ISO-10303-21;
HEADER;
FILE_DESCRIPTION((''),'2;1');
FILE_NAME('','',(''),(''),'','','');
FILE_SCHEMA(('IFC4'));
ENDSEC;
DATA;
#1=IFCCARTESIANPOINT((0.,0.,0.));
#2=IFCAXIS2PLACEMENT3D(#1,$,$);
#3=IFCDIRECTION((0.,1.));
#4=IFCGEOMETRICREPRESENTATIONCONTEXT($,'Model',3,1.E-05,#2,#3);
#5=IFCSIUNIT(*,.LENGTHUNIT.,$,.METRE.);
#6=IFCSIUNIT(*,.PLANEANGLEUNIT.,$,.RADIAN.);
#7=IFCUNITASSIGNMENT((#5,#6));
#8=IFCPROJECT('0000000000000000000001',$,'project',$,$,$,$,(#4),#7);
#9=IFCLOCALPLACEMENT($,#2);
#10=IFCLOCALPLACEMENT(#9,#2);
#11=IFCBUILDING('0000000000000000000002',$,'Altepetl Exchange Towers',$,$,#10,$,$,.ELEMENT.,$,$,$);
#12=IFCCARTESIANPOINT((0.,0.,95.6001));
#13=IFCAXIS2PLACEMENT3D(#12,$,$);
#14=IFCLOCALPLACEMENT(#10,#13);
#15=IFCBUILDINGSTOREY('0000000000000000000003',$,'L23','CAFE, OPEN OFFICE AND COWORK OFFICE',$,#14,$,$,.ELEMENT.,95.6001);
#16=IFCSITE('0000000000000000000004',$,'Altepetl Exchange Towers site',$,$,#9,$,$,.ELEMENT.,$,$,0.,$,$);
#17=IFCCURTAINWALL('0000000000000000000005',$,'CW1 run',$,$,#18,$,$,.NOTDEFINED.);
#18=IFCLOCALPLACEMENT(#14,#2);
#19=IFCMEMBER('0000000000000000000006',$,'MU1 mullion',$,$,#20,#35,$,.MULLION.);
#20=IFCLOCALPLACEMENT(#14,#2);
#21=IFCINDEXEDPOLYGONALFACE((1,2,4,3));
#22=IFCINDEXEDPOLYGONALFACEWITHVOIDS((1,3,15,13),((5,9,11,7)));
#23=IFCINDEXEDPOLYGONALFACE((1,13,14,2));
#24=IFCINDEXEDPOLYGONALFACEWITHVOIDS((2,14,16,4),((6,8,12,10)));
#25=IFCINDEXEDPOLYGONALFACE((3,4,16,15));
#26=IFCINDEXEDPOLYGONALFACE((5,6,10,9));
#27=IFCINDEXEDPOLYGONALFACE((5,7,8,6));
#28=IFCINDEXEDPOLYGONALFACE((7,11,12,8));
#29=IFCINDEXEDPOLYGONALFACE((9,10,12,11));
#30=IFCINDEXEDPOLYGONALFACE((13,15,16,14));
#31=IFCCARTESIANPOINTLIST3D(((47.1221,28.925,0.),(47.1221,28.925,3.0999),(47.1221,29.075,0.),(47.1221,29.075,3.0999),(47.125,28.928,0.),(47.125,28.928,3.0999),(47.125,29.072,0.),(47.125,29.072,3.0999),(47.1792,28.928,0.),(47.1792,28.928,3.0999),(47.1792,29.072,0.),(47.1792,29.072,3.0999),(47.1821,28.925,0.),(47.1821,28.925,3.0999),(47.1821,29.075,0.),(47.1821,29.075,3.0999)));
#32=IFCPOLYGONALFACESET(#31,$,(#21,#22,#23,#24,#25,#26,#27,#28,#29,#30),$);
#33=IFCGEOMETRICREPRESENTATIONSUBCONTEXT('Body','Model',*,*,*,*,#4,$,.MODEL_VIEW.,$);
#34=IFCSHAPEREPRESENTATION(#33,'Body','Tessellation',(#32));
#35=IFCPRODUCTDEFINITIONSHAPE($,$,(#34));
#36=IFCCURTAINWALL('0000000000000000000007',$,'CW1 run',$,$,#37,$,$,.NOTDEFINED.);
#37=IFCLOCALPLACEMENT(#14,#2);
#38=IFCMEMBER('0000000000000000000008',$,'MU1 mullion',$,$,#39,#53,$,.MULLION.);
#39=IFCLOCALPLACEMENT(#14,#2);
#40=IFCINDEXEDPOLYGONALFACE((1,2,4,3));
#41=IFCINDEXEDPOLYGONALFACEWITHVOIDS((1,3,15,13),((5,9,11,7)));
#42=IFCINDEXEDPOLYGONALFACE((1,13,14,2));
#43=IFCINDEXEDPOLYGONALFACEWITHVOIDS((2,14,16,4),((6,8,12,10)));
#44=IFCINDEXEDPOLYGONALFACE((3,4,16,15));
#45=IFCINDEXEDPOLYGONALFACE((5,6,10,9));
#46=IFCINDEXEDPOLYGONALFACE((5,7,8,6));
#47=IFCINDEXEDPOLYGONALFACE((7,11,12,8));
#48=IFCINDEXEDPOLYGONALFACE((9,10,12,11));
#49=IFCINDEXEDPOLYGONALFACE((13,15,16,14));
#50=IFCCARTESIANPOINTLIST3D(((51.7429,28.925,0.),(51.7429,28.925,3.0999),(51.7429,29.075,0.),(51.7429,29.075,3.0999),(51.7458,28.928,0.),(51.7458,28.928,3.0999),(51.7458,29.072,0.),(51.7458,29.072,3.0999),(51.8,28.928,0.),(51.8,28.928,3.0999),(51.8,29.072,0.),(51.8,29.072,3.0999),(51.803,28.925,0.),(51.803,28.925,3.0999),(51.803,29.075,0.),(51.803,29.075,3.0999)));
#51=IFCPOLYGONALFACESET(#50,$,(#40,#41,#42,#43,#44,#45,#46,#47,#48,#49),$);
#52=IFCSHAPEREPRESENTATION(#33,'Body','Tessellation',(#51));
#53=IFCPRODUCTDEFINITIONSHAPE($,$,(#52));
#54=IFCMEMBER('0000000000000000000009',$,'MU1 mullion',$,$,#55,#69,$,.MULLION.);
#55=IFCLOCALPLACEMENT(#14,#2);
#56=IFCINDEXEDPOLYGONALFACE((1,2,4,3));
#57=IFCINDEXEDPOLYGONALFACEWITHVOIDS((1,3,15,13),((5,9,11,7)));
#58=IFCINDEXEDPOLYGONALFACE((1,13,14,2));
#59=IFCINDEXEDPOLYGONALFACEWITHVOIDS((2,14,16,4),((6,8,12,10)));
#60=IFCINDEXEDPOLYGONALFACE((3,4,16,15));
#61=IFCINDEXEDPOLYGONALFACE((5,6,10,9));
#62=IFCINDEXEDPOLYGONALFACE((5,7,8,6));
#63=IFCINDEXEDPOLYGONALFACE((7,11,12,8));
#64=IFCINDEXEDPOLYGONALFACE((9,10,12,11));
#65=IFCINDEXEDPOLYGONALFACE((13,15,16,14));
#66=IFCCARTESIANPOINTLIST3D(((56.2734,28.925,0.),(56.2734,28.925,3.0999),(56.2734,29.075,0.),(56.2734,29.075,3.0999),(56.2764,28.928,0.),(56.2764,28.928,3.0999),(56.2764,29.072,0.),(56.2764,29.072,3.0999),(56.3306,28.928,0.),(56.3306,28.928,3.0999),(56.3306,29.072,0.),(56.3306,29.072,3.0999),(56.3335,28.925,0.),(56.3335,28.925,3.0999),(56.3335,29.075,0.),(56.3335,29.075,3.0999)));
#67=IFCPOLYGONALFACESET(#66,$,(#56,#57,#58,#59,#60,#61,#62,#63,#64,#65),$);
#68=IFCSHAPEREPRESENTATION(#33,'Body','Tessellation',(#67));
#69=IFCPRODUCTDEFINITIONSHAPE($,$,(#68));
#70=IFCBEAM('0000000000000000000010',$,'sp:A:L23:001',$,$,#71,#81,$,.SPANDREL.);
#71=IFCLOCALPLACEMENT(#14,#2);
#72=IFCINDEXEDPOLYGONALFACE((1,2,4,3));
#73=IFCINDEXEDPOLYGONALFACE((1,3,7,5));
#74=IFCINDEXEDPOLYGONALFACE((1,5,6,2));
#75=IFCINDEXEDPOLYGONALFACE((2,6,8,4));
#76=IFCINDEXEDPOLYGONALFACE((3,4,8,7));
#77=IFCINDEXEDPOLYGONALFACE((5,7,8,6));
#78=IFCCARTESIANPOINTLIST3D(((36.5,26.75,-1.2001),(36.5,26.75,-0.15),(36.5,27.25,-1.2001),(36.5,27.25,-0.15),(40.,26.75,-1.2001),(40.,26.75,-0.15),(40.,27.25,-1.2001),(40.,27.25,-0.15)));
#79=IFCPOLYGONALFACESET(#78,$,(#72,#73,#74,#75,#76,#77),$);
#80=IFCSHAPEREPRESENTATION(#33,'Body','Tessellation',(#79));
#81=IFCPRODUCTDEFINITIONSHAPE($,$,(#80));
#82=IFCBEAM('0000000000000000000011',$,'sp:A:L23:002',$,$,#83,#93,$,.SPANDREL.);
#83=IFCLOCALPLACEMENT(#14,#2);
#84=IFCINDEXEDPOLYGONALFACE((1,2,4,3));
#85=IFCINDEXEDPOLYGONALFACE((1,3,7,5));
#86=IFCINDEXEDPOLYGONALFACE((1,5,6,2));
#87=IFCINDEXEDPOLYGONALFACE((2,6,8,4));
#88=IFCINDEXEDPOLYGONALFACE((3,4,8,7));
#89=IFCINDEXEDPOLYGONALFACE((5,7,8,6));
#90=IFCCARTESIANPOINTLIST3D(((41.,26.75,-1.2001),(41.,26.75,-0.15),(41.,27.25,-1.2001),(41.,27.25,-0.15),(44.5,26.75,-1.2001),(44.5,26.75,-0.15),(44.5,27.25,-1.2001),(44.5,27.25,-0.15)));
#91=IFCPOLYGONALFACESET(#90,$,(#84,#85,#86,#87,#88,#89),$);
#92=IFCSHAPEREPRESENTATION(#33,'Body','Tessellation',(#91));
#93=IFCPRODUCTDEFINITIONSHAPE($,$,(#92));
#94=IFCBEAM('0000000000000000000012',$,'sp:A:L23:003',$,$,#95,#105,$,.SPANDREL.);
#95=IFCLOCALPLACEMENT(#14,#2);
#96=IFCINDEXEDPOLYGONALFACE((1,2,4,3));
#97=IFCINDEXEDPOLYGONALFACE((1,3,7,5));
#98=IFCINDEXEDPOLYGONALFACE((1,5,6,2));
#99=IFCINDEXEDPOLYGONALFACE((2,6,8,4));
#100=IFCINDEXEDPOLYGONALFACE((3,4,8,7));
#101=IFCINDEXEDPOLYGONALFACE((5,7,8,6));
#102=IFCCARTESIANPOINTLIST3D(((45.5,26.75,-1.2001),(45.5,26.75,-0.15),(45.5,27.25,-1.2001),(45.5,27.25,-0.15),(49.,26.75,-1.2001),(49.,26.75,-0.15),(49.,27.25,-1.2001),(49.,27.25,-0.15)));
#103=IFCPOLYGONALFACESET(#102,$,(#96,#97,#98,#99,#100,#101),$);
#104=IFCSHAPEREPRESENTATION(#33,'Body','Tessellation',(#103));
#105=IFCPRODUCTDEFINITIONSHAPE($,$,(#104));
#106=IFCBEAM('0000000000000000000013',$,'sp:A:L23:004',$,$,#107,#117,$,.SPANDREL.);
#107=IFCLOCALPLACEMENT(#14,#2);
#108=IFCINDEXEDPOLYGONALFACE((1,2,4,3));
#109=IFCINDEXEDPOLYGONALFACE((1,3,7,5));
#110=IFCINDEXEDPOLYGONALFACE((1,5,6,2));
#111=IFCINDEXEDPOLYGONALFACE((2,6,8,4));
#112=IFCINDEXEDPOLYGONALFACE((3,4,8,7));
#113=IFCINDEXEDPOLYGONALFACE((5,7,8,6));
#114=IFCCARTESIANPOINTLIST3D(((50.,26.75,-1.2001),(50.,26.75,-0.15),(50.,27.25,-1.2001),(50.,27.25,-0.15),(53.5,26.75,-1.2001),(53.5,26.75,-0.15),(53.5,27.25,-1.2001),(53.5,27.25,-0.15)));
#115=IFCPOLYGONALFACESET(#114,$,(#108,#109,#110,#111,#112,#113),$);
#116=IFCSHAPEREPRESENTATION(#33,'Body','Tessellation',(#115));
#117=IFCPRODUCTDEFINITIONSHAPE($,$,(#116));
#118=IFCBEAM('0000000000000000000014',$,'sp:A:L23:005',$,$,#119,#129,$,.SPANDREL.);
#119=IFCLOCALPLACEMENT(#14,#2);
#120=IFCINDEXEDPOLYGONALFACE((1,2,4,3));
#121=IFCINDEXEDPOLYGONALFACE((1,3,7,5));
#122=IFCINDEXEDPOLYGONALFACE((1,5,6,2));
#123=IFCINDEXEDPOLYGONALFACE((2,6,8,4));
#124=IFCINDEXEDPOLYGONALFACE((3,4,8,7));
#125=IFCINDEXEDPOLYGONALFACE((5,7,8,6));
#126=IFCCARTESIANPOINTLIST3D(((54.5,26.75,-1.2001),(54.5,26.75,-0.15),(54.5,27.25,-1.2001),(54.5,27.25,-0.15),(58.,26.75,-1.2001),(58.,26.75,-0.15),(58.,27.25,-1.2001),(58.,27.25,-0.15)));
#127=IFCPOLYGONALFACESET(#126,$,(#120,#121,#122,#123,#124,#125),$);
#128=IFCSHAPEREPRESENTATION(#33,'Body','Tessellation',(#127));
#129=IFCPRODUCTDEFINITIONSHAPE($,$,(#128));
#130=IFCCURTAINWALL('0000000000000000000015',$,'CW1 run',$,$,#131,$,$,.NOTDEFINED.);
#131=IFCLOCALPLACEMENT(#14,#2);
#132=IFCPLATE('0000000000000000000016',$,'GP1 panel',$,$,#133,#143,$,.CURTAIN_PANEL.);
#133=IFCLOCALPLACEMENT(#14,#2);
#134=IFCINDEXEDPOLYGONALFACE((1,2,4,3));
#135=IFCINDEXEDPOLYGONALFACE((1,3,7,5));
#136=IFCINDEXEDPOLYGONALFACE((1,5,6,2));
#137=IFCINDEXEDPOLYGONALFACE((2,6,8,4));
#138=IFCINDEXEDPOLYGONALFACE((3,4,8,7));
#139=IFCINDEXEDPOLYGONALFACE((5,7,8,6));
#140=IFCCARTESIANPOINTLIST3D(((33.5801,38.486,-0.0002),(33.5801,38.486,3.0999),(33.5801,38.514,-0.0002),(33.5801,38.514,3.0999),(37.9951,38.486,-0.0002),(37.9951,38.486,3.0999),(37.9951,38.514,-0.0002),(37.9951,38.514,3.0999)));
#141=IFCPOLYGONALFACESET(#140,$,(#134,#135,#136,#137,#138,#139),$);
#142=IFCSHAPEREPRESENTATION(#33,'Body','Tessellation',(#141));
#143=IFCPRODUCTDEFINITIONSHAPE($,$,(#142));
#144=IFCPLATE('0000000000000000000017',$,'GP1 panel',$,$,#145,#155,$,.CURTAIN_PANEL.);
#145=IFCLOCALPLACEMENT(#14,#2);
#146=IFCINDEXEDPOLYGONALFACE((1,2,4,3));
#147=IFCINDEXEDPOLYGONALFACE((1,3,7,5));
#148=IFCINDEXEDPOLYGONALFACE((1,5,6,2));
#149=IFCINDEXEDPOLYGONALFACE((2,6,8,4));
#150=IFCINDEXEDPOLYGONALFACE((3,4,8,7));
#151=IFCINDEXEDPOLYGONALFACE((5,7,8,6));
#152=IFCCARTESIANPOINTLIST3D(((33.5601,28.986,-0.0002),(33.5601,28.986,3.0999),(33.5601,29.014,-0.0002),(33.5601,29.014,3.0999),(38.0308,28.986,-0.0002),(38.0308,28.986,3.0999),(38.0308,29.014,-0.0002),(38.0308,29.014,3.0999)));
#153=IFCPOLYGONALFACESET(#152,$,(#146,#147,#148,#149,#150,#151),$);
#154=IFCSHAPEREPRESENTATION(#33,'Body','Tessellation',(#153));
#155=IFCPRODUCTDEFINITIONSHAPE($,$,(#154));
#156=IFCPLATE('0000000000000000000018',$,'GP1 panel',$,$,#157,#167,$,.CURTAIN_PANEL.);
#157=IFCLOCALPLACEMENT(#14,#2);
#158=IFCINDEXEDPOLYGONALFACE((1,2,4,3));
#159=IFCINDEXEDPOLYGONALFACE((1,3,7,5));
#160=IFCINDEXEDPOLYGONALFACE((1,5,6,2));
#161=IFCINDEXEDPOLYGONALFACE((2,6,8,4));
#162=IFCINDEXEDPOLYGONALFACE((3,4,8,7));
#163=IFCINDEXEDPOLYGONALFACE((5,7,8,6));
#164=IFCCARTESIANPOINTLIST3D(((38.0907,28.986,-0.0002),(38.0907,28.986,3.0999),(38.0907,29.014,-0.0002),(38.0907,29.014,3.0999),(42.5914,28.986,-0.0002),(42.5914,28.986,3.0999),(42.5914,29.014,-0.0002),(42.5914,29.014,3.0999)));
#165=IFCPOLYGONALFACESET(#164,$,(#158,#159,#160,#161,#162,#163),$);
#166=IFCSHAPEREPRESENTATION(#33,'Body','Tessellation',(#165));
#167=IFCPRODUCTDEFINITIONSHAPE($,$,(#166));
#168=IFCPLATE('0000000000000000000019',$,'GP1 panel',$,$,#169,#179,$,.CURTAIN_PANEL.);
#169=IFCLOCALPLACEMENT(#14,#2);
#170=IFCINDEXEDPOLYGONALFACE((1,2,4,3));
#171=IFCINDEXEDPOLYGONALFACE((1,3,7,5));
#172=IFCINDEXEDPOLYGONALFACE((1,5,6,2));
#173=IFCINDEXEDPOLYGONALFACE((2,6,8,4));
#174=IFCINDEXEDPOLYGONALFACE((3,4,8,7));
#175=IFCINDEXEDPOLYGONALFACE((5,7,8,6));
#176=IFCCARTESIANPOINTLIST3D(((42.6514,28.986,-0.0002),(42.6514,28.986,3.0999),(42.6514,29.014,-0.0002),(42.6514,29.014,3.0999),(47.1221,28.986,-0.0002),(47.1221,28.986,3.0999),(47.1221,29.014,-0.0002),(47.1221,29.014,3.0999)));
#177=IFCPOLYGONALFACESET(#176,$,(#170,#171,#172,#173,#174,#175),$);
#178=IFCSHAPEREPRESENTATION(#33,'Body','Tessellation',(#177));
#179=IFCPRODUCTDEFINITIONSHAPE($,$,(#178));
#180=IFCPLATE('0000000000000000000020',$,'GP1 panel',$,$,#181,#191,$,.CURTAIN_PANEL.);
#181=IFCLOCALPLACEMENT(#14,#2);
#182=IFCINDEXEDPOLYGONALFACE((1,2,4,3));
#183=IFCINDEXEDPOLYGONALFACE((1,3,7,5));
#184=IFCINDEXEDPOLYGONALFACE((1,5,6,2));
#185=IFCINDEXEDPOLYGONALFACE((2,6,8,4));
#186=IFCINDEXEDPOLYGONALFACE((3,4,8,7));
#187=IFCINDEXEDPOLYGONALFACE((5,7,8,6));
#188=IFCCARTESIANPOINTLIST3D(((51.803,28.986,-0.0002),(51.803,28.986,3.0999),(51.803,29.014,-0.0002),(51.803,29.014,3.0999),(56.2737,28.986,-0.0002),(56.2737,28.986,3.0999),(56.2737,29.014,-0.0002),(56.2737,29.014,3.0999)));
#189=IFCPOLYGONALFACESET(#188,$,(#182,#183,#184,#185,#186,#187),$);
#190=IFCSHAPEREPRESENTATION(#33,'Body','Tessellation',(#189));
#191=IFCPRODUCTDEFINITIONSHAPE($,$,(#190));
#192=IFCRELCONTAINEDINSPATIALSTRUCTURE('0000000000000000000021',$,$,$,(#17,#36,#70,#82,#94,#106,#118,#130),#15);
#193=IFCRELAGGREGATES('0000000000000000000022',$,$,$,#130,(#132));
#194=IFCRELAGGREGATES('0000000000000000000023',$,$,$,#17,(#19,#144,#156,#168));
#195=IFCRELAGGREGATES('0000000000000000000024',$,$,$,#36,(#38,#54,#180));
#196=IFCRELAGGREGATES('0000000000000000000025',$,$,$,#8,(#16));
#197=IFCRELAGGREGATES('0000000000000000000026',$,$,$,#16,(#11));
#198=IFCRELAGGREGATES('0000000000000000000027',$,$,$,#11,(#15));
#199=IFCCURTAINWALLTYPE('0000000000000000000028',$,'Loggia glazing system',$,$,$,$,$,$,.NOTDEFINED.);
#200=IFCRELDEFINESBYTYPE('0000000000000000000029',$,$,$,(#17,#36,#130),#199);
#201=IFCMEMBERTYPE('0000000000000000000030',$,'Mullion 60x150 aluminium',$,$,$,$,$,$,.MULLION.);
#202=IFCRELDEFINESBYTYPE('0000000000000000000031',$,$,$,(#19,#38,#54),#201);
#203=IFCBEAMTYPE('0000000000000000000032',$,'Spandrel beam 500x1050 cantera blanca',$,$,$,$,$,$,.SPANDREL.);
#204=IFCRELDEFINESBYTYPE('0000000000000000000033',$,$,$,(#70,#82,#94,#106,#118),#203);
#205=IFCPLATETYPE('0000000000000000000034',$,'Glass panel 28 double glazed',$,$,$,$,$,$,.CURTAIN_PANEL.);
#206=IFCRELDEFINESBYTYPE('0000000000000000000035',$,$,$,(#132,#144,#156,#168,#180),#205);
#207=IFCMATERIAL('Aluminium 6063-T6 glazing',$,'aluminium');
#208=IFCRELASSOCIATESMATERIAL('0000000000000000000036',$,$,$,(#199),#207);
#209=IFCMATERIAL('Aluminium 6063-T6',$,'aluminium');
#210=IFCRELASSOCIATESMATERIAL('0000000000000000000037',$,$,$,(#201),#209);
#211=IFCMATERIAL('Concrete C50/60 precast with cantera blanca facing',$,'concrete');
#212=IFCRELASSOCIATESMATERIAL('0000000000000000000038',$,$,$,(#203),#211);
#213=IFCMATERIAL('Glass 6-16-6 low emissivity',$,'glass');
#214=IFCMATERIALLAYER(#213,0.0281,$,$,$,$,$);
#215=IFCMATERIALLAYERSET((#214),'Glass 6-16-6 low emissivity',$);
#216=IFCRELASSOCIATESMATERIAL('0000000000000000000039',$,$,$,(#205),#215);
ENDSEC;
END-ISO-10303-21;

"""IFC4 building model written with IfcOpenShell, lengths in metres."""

from ifc_helpers import new_model, si_unit, direction, frame, origin, origin_2d, place, context, subcontext, project, spatial, rectangle, hollow_rectangle, extrude, material, layer, layer_set, material_profile, profile_set, type_object, element, aggregate, save


model = new_model("IFC4")

# Units and contexts
model_context = context("Model", 3, precision=1e-05, world=origin(), true_north=direction((0.0, 1.0)))
body_context = subcontext(model_context, "Body", "Model", "MODEL_VIEW")
ifc_project = project(units=[si_unit("LENGTHUNIT", "METRE"), si_unit("PLANEANGLEUNIT", "RADIAN")], contexts=[model_context])

# Site, building, storey
site_placement = place(None, origin())
site = spatial("IfcSite", under=ifc_project, at=site_placement, Name="Altepetl Exchange Towers site", CompositionType="ELEMENT", RefElevation=0.0)
building_placement = place(site_placement, origin())
building = spatial("IfcBuilding", under=site, at=building_placement, Name="Altepetl Exchange Towers", CompositionType="ELEMENT")
storey_placement = place(building_placement, frame((0.0, 0.0, 95.6001)))
storey = spatial("IfcBuildingStorey", under=building, at=storey_placement, Name="L23", Description="CAFE, OPEN OFFICE AND COWORK OFFICE", CompositionType="ELEMENT", Elevation=95.6001)

# Curtain walls, members
ifc_material_1 = material(Name="Aluminium 6063-T6 glazing", Category="aluminium")
curtain_wall_type = type_object("IfcCurtainWallType", Name="Loggia glazing system", PredefinedType="NOTDEFINED", material=ifc_material_1)
curtain_wall_1_placement = place(storey_placement, origin())
curtain_wall_1 = element("IfcCurtainWall", 1, at=curtain_wall_1_placement, inside=storey, type_object=curtain_wall_type, Name="CW1 run", PredefinedType="NOTDEFINED")
ifc_material_2 = material(Name="Aluminium 6063-T6", Category="aluminium")
ifc_material_profile_1 = material_profile(ifc_material_2, hollow_rectangle(XDim=0.0601, YDim=0.1499, WallThickness=0.0029, at=origin_2d()), Name="Mullion 60x150 aluminium")
ifc_profile_set_1 = profile_set([ifc_material_profile_1], Name="Aluminium 6063-T6")
member_type = type_object("IfcMemberType", Name="Mullion 60x150 aluminium", PredefinedType="MULLION", material=ifc_profile_set_1)
member_1_placement = place(storey_placement, frame((47.1521, 29.0, 0.0)))
member_1 = element("IfcMember", 2, at=member_1_placement, type_object=member_type, Name="MU1 mullion", PredefinedType="MULLION", context=body_context, shape_type="SweptSolid", body=[
    extrude(hollow_rectangle(XDim=0.0601, YDim=0.1499, WallThickness=0.0029, at=origin_2d()), origin(), (0.0, 0.0, 1.0), 3.0999),
])
curtain_wall_2_placement = place(storey_placement, origin())
curtain_wall_2 = element("IfcCurtainWall", 3, at=curtain_wall_2_placement, inside=storey, type_object=curtain_wall_type, Name="CW1 run", PredefinedType="NOTDEFINED")
member_2_placement = place(storey_placement, frame((51.7729, 29.0, 0.0)))
member_2 = element("IfcMember", 4, at=member_2_placement, type_object=member_type, Name="MU1 mullion", PredefinedType="MULLION", context=body_context, shape_type="SweptSolid", body=[
    extrude(hollow_rectangle(XDim=0.0601, YDim=0.1499, WallThickness=0.0029, at=origin_2d()), origin(), (0.0, 0.0, 1.0), 3.0999),
])
member_3_placement = place(storey_placement, frame((56.3035, 29.0, 0.0)))
member_3 = element("IfcMember", 5, at=member_3_placement, type_object=member_type, Name="MU1 mullion", PredefinedType="MULLION", context=body_context, shape_type="SweptSolid", body=[
    extrude(hollow_rectangle(XDim=0.0601, YDim=0.1499, WallThickness=0.0029, at=origin_2d()), origin(), (0.0, 0.0, 1.0), 3.0999),
])

# Beams
ifc_material_3 = material(Name="Concrete C50/60 precast with cantera blanca facing", Category="concrete")
ifc_material_profile_2 = material_profile(ifc_material_3, rectangle(XDim=0.5, YDim=1.05, at=origin_2d()), Name="500 x 1050")
ifc_profile_set_2 = profile_set([ifc_material_profile_2], Name="Concrete C50/60 precast with cantera blanca facing")
beam_type_1 = type_object("IfcBeamType", Name="Spandrel beam 500x1050 cantera blanca", PredefinedType="SPANDREL", material=ifc_profile_set_2)
for number, where, z_axis, x_axis, name in (
    (6, (36.5, 27.0, -0.675), (1.0, 0.0, 0.0), (0.0, 1.0, 0.0), "sp:A:L23:001"),
    (7, (41.0, 27.0, -0.675), (1.0, 0.0, 0.0), (0.0, 1.0, 0.0), "sp:A:L23:002"),
    (8, (45.5, 27.0, -0.675), (1.0, 0.0, 0.0), (0.0, 1.0, 0.0), "sp:A:L23:003"),
    (9, (50.0, 27.0, -0.675), (1.0, 0.0, 0.0), (0.0, 1.0, 0.0), "sp:A:L23:004"),
    (10, (54.5, 27.0, -0.675), (1.0, 0.0, 0.0), (0.0, 1.0, 0.0), "sp:A:L23:005"),
):
    element("IfcBeam", number, at=place(storey_placement, frame(where, z_axis=z_axis, x_axis=x_axis)), inside=storey, type_object=beam_type_1, Name=name, PredefinedType="SPANDREL", context=body_context, shape_type="SweptSolid", body=[
        extrude(rectangle(XDim=0.5, YDim=1.05, at=origin_2d()), origin(), (0.0, 0.0, 1.0), 3.5),
    ])

# Curtain wall, plate
curtain_wall_3_placement = place(storey_placement, origin())
curtain_wall_3 = element("IfcCurtainWall", 11, at=curtain_wall_3_placement, inside=storey, type_object=curtain_wall_type, Name="CW1 run", PredefinedType="NOTDEFINED")
ifc_material_4 = material(Name="Glass 6-16-6 low emissivity", Category="glass")
ifc_layer_1 = layer(ifc_material_4, 0.0281)
ifc_layer_set_1 = layer_set([ifc_layer_1], Name="Glass 6-16-6 low emissivity")
plate_type = type_object("IfcPlateType", Name="Glass panel 28 double glazed", PredefinedType="CURTAIN_PANEL", material=ifc_layer_set_1)
plate_1_placement = place(storey_placement, frame((35.7876, 38.5, -0.0002), z_axis=(0.0, 0.0, 1.0), x_axis=(-1.0, 0.0, 0.0)))
plate_1 = element("IfcPlate", 12, at=plate_1_placement, type_object=plate_type, Name="GP1 panel", PredefinedType="CURTAIN_PANEL", context=body_context, shape_type="SweptSolid", body=[
    extrude(rectangle(XDim=4.415, YDim=0.0281, at=origin_2d()), origin(), (0.0, 0.0, 1.0), 3.1001),
])
aggregate(curtain_wall_3, [plate_1])

# Plates
plate_2_placement = place(storey_placement, frame((35.7954, 29.0, -0.0002)))
plate_2 = element("IfcPlate", 13, at=plate_2_placement, type_object=plate_type, Name="GP1 panel", PredefinedType="CURTAIN_PANEL", context=body_context, shape_type="SweptSolid", body=[
    extrude(rectangle(XDim=4.4707, YDim=0.0281, at=origin_2d()), origin(), (0.0, 0.0, 1.0), 3.1001),
])
plate_3_placement = place(storey_placement, frame((40.3411, 29.0, -0.0002)))
plate_3 = element("IfcPlate", 14, at=plate_3_placement, type_object=plate_type, Name="GP1 panel", PredefinedType="CURTAIN_PANEL", context=body_context, shape_type="SweptSolid", body=[
    extrude(rectangle(XDim=4.5007, YDim=0.0281, at=origin_2d()), origin(), (0.0, 0.0, 1.0), 3.1001),
])
plate_4_placement = place(storey_placement, frame((44.8867, 29.0, -0.0002)))
plate_4 = element("IfcPlate", 15, at=plate_4_placement, type_object=plate_type, Name="GP1 panel", PredefinedType="CURTAIN_PANEL", context=body_context, shape_type="SweptSolid", body=[
    extrude(rectangle(XDim=4.4707, YDim=0.0281, at=origin_2d()), origin(), (0.0, 0.0, 1.0), 3.1001),
])
aggregate(curtain_wall_1, [member_1, plate_2, plate_3, plate_4])
plate_5_placement = place(storey_placement, frame((54.0383, 29.0, -0.0002)))
plate_5 = element("IfcPlate", 16, at=plate_5_placement, type_object=plate_type, Name="GP1 panel", PredefinedType="CURTAIN_PANEL", context=body_context, shape_type="SweptSolid", body=[
    extrude(rectangle(XDim=4.4707, YDim=0.0281, at=origin_2d()), origin(), (0.0, 0.0, 1.0), 3.1001),
])
aggregate(curtain_wall_2, [member_2, member_3, plate_5])

save(model, "model.ifc")
